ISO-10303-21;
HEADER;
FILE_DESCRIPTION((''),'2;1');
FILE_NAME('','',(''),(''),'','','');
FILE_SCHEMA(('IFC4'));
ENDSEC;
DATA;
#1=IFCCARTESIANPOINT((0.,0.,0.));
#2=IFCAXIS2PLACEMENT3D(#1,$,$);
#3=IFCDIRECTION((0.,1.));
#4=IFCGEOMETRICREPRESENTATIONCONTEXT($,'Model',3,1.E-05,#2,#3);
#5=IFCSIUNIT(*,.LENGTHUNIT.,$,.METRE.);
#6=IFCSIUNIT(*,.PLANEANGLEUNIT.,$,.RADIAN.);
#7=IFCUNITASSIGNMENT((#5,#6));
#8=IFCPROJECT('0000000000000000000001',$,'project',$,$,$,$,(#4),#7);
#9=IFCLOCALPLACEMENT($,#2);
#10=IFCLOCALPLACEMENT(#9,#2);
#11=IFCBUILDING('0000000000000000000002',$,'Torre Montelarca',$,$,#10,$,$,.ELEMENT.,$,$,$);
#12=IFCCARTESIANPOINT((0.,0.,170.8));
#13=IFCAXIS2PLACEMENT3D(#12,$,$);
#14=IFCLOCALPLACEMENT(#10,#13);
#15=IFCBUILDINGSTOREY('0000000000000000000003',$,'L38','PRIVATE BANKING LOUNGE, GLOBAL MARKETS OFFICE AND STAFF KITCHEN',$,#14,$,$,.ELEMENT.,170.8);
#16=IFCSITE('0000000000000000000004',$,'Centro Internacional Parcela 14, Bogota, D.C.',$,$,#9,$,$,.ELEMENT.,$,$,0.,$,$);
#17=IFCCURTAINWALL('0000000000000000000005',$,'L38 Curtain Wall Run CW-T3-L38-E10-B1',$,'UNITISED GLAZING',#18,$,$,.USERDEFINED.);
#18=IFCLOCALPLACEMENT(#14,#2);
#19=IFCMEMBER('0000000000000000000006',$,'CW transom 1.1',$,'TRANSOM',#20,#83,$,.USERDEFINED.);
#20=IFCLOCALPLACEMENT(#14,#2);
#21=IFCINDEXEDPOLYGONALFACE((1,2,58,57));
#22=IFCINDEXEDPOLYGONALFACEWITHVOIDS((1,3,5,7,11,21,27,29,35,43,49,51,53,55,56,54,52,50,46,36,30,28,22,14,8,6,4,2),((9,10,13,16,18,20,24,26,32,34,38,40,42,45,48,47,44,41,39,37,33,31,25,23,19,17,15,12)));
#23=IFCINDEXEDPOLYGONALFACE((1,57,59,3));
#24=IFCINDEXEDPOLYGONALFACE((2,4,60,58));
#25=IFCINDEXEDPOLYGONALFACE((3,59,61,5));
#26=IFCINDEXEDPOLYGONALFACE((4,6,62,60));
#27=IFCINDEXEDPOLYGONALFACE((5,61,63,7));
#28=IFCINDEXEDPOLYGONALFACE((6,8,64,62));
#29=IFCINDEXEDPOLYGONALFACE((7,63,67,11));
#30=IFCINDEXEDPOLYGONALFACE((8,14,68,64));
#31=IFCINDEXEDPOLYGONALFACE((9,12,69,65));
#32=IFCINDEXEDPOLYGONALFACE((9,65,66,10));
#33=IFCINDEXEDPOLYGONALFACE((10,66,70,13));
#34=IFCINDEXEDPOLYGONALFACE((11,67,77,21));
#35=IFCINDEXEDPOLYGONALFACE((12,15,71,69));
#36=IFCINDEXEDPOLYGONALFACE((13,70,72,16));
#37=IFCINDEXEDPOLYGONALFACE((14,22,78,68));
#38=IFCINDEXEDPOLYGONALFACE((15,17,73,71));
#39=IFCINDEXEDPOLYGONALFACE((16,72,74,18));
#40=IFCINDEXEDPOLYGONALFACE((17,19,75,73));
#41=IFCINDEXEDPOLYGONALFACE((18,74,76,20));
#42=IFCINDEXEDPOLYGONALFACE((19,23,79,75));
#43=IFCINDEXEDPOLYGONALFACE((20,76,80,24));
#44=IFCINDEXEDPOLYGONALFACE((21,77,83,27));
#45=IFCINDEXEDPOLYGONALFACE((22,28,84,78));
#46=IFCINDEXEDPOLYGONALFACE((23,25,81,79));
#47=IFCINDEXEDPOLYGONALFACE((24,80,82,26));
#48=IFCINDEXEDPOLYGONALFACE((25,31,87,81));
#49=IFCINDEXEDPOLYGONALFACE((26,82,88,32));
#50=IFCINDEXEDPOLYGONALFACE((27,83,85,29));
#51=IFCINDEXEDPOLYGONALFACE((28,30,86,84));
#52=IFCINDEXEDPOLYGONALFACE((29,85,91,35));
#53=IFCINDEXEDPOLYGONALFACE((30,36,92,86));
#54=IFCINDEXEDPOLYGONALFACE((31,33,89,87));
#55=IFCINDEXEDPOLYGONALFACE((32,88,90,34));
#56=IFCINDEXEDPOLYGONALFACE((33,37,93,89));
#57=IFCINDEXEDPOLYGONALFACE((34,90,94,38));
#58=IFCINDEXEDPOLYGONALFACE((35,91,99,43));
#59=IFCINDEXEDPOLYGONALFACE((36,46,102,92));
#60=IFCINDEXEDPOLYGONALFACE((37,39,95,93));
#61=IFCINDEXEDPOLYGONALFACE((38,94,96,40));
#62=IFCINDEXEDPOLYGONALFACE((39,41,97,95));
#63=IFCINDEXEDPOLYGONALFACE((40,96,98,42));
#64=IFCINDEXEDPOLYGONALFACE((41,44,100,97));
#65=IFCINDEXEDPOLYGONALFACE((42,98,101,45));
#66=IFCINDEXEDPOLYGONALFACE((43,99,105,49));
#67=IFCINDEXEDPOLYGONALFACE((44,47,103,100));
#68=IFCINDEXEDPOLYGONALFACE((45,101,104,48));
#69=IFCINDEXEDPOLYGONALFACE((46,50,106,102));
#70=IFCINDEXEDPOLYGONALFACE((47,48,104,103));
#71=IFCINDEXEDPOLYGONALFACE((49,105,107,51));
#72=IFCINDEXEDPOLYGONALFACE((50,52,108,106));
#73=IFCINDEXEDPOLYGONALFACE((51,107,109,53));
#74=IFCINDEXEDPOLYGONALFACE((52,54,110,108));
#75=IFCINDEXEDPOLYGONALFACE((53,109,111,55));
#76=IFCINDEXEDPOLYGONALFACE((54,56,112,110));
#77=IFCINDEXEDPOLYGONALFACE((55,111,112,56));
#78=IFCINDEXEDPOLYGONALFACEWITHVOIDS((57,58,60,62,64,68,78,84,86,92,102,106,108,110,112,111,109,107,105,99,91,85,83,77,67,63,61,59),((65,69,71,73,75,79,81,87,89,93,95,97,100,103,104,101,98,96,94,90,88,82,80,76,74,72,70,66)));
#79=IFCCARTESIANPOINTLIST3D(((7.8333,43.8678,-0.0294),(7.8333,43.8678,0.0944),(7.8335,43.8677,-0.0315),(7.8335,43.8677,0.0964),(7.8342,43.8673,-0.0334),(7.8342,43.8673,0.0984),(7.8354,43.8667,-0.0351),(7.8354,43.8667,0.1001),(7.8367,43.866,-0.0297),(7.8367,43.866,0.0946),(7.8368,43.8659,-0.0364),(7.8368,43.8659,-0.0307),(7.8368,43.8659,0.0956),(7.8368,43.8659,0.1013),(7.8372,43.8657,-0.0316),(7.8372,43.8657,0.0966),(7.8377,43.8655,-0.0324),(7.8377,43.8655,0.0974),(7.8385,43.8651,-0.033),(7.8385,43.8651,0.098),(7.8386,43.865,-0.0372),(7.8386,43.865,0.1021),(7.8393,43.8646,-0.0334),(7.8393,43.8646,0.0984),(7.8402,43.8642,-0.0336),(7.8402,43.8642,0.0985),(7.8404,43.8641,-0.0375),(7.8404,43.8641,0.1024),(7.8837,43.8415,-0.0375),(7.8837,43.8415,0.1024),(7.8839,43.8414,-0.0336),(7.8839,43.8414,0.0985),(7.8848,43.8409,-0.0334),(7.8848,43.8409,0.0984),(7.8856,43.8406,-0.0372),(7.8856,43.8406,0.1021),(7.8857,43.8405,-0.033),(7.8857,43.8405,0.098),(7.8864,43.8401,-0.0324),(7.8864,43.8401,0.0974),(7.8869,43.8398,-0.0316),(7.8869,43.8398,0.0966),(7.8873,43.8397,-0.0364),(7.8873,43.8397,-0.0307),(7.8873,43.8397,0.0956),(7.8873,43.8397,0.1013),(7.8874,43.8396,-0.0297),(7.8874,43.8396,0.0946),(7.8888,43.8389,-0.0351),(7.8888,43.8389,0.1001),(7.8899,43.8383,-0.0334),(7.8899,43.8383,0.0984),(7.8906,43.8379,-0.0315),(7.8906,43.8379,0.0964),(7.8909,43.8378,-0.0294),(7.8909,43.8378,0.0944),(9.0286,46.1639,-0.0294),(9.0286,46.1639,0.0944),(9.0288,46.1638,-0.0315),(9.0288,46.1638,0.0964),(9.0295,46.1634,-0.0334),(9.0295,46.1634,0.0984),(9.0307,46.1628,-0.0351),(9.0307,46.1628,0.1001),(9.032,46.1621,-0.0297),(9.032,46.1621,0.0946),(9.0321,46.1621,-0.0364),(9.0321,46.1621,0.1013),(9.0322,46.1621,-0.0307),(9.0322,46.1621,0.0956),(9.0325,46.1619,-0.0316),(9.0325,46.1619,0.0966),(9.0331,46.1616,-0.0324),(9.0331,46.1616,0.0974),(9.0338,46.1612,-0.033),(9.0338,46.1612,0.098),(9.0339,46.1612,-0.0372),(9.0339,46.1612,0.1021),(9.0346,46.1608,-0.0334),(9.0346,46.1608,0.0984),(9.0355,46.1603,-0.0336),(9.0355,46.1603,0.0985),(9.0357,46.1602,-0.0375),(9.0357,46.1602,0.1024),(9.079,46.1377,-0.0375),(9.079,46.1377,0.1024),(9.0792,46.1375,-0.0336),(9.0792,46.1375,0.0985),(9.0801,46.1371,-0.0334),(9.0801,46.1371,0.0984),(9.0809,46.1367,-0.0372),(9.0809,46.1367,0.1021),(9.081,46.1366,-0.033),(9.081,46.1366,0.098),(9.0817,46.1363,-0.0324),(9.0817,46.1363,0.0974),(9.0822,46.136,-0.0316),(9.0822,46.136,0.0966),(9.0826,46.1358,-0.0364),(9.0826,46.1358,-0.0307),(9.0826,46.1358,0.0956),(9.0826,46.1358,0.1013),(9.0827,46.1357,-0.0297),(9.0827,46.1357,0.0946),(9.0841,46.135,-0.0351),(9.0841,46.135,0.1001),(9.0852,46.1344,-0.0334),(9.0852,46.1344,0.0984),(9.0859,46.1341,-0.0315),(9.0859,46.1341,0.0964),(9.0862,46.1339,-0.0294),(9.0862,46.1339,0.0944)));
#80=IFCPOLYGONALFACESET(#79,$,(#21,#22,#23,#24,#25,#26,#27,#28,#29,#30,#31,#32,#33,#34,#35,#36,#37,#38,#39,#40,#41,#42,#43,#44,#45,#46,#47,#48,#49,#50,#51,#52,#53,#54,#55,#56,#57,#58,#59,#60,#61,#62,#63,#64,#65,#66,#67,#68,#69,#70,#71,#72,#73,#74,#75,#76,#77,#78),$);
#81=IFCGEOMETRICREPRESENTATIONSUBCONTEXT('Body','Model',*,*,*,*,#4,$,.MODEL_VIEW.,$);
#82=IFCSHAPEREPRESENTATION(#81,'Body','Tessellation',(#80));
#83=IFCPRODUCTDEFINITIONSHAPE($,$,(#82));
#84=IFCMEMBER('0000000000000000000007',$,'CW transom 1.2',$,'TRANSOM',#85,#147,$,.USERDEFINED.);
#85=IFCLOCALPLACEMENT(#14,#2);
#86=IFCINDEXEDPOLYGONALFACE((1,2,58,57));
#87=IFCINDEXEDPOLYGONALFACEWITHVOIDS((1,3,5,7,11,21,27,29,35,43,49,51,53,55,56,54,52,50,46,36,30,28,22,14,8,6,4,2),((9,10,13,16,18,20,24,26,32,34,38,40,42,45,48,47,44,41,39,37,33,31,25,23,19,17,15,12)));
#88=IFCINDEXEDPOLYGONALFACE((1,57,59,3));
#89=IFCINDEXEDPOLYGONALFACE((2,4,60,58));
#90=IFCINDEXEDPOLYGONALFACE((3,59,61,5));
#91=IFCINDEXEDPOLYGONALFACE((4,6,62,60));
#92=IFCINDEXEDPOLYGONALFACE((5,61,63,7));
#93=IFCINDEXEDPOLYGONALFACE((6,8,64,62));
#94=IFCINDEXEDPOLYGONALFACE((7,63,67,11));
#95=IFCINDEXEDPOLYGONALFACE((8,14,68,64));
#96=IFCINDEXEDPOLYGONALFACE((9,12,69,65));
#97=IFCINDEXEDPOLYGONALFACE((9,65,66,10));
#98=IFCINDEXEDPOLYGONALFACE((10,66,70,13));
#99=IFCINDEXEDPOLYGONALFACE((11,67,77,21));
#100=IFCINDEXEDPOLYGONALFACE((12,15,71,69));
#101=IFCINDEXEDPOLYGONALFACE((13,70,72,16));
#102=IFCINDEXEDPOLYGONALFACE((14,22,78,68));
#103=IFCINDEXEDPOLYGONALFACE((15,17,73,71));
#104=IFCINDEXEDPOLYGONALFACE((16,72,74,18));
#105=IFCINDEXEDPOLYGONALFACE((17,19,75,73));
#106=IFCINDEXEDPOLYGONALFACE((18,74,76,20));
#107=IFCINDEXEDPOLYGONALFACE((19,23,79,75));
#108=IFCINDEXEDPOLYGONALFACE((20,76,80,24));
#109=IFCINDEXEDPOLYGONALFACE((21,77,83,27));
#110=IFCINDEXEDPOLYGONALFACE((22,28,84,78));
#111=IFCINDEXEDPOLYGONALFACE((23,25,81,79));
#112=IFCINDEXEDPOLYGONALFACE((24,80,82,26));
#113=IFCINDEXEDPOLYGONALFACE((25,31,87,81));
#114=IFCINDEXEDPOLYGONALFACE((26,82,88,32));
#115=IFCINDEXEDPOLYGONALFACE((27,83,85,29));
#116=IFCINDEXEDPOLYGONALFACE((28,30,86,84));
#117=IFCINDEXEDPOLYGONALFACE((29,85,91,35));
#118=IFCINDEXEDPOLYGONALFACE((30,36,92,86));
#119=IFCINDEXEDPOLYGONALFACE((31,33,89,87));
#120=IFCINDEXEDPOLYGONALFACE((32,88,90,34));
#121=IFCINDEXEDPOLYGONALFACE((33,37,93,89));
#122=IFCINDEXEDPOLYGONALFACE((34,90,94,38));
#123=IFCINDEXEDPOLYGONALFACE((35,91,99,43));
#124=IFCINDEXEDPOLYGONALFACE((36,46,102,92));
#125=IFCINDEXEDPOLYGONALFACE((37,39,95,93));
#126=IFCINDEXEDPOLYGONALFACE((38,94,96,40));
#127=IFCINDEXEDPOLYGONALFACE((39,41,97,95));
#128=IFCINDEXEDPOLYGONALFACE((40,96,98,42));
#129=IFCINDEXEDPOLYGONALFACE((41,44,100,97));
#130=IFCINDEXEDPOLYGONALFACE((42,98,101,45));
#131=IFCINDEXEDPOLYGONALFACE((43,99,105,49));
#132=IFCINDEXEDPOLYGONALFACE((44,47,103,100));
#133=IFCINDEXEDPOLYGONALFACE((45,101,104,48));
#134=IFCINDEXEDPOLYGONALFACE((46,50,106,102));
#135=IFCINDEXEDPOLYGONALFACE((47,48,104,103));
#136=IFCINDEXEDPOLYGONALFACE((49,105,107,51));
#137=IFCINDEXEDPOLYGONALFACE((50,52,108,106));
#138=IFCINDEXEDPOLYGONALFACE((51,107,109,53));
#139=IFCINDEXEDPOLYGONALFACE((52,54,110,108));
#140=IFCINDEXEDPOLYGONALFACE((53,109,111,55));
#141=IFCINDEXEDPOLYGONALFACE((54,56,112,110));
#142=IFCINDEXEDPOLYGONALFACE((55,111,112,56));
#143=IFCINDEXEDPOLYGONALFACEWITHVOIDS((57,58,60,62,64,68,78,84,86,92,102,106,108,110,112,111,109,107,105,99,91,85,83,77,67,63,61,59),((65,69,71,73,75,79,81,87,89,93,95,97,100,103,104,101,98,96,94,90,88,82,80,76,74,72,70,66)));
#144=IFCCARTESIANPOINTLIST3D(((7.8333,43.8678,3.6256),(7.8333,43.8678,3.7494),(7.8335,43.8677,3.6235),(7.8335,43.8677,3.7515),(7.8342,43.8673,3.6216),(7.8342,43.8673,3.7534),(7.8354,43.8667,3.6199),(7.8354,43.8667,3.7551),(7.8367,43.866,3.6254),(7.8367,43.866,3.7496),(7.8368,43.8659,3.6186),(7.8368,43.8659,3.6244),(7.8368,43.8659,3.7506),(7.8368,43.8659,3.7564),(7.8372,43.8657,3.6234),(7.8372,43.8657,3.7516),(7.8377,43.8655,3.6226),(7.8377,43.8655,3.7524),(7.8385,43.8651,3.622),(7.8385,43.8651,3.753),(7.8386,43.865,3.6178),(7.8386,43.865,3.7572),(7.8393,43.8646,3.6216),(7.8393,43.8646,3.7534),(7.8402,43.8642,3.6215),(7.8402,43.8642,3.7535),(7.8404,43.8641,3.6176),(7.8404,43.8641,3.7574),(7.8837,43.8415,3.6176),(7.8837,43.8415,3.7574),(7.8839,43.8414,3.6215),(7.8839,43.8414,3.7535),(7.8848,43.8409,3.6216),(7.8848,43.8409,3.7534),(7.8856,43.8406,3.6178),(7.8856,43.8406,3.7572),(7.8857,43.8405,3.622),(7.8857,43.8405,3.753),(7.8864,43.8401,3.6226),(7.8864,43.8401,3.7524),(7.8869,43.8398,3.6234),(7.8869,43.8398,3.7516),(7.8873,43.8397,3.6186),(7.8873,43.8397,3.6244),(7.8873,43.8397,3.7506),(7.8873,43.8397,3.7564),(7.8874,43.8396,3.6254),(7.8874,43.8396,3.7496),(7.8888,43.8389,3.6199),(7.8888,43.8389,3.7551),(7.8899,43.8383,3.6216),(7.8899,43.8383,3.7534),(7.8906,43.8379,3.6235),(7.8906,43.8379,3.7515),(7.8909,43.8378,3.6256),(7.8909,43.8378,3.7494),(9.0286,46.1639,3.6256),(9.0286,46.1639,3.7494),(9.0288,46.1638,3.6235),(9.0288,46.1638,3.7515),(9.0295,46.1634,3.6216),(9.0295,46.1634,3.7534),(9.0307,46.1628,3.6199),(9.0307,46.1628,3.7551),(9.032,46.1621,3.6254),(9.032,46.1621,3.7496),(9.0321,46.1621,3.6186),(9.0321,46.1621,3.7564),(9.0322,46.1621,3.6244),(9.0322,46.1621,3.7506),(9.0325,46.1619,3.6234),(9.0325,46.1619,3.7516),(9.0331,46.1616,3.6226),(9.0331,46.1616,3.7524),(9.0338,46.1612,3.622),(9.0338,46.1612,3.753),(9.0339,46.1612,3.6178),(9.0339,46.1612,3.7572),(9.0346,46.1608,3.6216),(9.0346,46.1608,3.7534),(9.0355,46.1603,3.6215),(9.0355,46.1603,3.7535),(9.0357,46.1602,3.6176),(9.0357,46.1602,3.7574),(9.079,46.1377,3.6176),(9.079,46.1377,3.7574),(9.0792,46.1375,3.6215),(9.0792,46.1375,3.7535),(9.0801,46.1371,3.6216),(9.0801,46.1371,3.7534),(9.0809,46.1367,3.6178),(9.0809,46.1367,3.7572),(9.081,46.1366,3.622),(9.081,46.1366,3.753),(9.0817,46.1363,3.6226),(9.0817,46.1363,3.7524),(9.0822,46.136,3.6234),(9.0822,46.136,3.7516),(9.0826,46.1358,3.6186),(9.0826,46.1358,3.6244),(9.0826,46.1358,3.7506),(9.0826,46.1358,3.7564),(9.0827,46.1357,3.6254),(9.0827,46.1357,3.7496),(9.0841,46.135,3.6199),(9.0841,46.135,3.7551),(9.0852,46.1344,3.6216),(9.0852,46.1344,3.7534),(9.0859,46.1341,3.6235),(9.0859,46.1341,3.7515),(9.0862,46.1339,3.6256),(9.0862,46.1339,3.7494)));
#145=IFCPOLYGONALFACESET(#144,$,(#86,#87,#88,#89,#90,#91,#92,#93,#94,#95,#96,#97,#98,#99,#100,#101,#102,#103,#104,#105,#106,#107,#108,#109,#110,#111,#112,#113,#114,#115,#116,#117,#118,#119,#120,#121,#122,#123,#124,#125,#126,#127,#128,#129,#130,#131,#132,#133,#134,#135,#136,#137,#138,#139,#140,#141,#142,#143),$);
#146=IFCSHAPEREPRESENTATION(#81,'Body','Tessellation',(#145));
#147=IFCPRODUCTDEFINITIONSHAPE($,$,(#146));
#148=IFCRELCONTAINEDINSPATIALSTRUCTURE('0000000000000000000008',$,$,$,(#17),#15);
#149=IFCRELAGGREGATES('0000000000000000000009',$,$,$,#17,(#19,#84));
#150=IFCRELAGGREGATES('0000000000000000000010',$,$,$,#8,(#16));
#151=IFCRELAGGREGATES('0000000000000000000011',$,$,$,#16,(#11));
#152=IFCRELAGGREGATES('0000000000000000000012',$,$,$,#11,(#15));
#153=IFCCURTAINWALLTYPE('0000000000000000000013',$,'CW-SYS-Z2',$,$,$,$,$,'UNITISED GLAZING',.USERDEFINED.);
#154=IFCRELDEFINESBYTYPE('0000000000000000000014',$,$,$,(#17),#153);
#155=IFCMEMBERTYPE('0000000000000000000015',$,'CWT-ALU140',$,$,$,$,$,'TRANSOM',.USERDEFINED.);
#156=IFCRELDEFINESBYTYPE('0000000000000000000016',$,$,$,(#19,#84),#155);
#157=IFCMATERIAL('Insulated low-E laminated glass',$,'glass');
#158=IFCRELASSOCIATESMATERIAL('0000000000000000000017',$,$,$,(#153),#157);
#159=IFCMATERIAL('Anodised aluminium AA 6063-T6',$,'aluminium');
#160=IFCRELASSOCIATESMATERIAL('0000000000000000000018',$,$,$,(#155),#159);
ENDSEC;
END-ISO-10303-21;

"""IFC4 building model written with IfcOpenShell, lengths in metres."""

from ifc_helpers import new_model, si_unit, direction, frame, origin, origin_2d, place, context, subcontext, project, spatial, hollow_rectangle, extrude, source, transform, mapped, material, material_profile, profile_set, type_object, element, aggregate, save


model = new_model("IFC4")

# Units and contexts
model_context = context("Model", 3, precision=1e-05, world=origin(), true_north=direction((0.0, 1.0)))
body_context = subcontext(model_context, "Body", "Model", "MODEL_VIEW")
ifc_project = project(units=[si_unit("LENGTHUNIT", "METRE"), si_unit("PLANEANGLEUNIT", "RADIAN")], contexts=[model_context])

# Site, building, storey
site_placement = place(None, origin())
site = spatial("IfcSite", under=ifc_project, at=site_placement, Name="Centro Internacional Parcela 14, Bogota, D.C.", CompositionType="ELEMENT", RefElevation=0.0)
building_placement = place(site_placement, origin())
building = spatial("IfcBuilding", under=site, at=building_placement, Name="Torre Montelarca", CompositionType="ELEMENT")
storey_placement = place(building_placement, frame((0.0, 0.0, 170.8)))
storey = spatial("IfcBuildingStorey", under=building, at=storey_placement, Name="L38", Description="PRIVATE BANKING LOUNGE, GLOBAL MARKETS OFFICE AND STAFF KITCHEN", CompositionType="ELEMENT", Elevation=170.8)

# Curtain wall, members
ifc_material_1 = material(Name="Insulated low-E laminated glass", Category="glass")
curtain_wall_type = type_object("IfcCurtainWallType", Name="CW-SYS-Z2", ElementType="UNITISED GLAZING", PredefinedType="USERDEFINED", material=ifc_material_1)
ifc_material_2 = material(Name="Anodised aluminium AA 6063-T6", Category="aluminium")
ifc_material_profile_1 = material_profile(ifc_material_2, hollow_rectangle(XDim=0.0649, YDim=0.1399, WallThickness=0.0039, InnerFilletRadius=0.0039, OuterFilletRadius=0.0081, at=origin_2d()), Name="ALU65X140X4", Category="aluminium")
ifc_profile_set_1 = profile_set([ifc_material_profile_1], Name="Anodised aluminium AA 6063-T6")
member_type_1 = type_object("IfcMemberType", Name="CWT-ALU140", ElementType="TRANSOM", PredefinedType="USERDEFINED", material=ifc_profile_set_1)
curtain_wall_1_placement = place(storey_placement, origin())
curtain_wall_1 = element("IfcCurtainWall", 1, at=curtain_wall_1_placement, inside=storey, type_object=curtain_wall_type, Name="L38 Curtain Wall Run CW-T3-L38-E10-B1", ObjectType="UNITISED GLAZING", PredefinedType="USERDEFINED")
shared_shape_1 = source(origin(), body_context, "Body", "SweptSolid", [
    extrude(hollow_rectangle(XDim=0.0649, YDim=0.1399, WallThickness=0.0039, InnerFilletRadius=0.0039, OuterFilletRadius=0.0081, at=origin_2d()), origin(), (0.0, 0.0, 1.0), 2.5886),
])
member_1_placement = place(storey_placement, frame((9.0574, 46.1489, 0.0325), z_axis=(-0.461754, -0.887008, 0.0), x_axis=(0.887008, -0.461754, 0.0)))
member_1 = element("IfcMember", 2, at=member_1_placement, type_object=member_type_1, Name="CW transom 1.1", ObjectType="TRANSOM", PredefinedType="USERDEFINED", context=body_context, shape_type="MappedRepresentation", body=[
    mapped(shared_shape_1, transform((0.0, 0.0, 0.0), scale=1.0)),
])
member_2_placement = place(storey_placement, frame((9.0574, 46.1489, 3.6875), z_axis=(-0.461754, -0.887008, 0.0), x_axis=(0.887008, -0.461754, 0.0)))
member_2 = element("IfcMember", 3, at=member_2_placement, type_object=member_type_1, Name="CW transom 1.2", ObjectType="TRANSOM", PredefinedType="USERDEFINED", context=body_context, shape_type="MappedRepresentation", body=[
    mapped(shared_shape_1, transform((0.0, 0.0, 0.0), scale=1.0)),
])

aggregate(curtain_wall_1, [member_1, member_2])

save(model, "model.ifc")
